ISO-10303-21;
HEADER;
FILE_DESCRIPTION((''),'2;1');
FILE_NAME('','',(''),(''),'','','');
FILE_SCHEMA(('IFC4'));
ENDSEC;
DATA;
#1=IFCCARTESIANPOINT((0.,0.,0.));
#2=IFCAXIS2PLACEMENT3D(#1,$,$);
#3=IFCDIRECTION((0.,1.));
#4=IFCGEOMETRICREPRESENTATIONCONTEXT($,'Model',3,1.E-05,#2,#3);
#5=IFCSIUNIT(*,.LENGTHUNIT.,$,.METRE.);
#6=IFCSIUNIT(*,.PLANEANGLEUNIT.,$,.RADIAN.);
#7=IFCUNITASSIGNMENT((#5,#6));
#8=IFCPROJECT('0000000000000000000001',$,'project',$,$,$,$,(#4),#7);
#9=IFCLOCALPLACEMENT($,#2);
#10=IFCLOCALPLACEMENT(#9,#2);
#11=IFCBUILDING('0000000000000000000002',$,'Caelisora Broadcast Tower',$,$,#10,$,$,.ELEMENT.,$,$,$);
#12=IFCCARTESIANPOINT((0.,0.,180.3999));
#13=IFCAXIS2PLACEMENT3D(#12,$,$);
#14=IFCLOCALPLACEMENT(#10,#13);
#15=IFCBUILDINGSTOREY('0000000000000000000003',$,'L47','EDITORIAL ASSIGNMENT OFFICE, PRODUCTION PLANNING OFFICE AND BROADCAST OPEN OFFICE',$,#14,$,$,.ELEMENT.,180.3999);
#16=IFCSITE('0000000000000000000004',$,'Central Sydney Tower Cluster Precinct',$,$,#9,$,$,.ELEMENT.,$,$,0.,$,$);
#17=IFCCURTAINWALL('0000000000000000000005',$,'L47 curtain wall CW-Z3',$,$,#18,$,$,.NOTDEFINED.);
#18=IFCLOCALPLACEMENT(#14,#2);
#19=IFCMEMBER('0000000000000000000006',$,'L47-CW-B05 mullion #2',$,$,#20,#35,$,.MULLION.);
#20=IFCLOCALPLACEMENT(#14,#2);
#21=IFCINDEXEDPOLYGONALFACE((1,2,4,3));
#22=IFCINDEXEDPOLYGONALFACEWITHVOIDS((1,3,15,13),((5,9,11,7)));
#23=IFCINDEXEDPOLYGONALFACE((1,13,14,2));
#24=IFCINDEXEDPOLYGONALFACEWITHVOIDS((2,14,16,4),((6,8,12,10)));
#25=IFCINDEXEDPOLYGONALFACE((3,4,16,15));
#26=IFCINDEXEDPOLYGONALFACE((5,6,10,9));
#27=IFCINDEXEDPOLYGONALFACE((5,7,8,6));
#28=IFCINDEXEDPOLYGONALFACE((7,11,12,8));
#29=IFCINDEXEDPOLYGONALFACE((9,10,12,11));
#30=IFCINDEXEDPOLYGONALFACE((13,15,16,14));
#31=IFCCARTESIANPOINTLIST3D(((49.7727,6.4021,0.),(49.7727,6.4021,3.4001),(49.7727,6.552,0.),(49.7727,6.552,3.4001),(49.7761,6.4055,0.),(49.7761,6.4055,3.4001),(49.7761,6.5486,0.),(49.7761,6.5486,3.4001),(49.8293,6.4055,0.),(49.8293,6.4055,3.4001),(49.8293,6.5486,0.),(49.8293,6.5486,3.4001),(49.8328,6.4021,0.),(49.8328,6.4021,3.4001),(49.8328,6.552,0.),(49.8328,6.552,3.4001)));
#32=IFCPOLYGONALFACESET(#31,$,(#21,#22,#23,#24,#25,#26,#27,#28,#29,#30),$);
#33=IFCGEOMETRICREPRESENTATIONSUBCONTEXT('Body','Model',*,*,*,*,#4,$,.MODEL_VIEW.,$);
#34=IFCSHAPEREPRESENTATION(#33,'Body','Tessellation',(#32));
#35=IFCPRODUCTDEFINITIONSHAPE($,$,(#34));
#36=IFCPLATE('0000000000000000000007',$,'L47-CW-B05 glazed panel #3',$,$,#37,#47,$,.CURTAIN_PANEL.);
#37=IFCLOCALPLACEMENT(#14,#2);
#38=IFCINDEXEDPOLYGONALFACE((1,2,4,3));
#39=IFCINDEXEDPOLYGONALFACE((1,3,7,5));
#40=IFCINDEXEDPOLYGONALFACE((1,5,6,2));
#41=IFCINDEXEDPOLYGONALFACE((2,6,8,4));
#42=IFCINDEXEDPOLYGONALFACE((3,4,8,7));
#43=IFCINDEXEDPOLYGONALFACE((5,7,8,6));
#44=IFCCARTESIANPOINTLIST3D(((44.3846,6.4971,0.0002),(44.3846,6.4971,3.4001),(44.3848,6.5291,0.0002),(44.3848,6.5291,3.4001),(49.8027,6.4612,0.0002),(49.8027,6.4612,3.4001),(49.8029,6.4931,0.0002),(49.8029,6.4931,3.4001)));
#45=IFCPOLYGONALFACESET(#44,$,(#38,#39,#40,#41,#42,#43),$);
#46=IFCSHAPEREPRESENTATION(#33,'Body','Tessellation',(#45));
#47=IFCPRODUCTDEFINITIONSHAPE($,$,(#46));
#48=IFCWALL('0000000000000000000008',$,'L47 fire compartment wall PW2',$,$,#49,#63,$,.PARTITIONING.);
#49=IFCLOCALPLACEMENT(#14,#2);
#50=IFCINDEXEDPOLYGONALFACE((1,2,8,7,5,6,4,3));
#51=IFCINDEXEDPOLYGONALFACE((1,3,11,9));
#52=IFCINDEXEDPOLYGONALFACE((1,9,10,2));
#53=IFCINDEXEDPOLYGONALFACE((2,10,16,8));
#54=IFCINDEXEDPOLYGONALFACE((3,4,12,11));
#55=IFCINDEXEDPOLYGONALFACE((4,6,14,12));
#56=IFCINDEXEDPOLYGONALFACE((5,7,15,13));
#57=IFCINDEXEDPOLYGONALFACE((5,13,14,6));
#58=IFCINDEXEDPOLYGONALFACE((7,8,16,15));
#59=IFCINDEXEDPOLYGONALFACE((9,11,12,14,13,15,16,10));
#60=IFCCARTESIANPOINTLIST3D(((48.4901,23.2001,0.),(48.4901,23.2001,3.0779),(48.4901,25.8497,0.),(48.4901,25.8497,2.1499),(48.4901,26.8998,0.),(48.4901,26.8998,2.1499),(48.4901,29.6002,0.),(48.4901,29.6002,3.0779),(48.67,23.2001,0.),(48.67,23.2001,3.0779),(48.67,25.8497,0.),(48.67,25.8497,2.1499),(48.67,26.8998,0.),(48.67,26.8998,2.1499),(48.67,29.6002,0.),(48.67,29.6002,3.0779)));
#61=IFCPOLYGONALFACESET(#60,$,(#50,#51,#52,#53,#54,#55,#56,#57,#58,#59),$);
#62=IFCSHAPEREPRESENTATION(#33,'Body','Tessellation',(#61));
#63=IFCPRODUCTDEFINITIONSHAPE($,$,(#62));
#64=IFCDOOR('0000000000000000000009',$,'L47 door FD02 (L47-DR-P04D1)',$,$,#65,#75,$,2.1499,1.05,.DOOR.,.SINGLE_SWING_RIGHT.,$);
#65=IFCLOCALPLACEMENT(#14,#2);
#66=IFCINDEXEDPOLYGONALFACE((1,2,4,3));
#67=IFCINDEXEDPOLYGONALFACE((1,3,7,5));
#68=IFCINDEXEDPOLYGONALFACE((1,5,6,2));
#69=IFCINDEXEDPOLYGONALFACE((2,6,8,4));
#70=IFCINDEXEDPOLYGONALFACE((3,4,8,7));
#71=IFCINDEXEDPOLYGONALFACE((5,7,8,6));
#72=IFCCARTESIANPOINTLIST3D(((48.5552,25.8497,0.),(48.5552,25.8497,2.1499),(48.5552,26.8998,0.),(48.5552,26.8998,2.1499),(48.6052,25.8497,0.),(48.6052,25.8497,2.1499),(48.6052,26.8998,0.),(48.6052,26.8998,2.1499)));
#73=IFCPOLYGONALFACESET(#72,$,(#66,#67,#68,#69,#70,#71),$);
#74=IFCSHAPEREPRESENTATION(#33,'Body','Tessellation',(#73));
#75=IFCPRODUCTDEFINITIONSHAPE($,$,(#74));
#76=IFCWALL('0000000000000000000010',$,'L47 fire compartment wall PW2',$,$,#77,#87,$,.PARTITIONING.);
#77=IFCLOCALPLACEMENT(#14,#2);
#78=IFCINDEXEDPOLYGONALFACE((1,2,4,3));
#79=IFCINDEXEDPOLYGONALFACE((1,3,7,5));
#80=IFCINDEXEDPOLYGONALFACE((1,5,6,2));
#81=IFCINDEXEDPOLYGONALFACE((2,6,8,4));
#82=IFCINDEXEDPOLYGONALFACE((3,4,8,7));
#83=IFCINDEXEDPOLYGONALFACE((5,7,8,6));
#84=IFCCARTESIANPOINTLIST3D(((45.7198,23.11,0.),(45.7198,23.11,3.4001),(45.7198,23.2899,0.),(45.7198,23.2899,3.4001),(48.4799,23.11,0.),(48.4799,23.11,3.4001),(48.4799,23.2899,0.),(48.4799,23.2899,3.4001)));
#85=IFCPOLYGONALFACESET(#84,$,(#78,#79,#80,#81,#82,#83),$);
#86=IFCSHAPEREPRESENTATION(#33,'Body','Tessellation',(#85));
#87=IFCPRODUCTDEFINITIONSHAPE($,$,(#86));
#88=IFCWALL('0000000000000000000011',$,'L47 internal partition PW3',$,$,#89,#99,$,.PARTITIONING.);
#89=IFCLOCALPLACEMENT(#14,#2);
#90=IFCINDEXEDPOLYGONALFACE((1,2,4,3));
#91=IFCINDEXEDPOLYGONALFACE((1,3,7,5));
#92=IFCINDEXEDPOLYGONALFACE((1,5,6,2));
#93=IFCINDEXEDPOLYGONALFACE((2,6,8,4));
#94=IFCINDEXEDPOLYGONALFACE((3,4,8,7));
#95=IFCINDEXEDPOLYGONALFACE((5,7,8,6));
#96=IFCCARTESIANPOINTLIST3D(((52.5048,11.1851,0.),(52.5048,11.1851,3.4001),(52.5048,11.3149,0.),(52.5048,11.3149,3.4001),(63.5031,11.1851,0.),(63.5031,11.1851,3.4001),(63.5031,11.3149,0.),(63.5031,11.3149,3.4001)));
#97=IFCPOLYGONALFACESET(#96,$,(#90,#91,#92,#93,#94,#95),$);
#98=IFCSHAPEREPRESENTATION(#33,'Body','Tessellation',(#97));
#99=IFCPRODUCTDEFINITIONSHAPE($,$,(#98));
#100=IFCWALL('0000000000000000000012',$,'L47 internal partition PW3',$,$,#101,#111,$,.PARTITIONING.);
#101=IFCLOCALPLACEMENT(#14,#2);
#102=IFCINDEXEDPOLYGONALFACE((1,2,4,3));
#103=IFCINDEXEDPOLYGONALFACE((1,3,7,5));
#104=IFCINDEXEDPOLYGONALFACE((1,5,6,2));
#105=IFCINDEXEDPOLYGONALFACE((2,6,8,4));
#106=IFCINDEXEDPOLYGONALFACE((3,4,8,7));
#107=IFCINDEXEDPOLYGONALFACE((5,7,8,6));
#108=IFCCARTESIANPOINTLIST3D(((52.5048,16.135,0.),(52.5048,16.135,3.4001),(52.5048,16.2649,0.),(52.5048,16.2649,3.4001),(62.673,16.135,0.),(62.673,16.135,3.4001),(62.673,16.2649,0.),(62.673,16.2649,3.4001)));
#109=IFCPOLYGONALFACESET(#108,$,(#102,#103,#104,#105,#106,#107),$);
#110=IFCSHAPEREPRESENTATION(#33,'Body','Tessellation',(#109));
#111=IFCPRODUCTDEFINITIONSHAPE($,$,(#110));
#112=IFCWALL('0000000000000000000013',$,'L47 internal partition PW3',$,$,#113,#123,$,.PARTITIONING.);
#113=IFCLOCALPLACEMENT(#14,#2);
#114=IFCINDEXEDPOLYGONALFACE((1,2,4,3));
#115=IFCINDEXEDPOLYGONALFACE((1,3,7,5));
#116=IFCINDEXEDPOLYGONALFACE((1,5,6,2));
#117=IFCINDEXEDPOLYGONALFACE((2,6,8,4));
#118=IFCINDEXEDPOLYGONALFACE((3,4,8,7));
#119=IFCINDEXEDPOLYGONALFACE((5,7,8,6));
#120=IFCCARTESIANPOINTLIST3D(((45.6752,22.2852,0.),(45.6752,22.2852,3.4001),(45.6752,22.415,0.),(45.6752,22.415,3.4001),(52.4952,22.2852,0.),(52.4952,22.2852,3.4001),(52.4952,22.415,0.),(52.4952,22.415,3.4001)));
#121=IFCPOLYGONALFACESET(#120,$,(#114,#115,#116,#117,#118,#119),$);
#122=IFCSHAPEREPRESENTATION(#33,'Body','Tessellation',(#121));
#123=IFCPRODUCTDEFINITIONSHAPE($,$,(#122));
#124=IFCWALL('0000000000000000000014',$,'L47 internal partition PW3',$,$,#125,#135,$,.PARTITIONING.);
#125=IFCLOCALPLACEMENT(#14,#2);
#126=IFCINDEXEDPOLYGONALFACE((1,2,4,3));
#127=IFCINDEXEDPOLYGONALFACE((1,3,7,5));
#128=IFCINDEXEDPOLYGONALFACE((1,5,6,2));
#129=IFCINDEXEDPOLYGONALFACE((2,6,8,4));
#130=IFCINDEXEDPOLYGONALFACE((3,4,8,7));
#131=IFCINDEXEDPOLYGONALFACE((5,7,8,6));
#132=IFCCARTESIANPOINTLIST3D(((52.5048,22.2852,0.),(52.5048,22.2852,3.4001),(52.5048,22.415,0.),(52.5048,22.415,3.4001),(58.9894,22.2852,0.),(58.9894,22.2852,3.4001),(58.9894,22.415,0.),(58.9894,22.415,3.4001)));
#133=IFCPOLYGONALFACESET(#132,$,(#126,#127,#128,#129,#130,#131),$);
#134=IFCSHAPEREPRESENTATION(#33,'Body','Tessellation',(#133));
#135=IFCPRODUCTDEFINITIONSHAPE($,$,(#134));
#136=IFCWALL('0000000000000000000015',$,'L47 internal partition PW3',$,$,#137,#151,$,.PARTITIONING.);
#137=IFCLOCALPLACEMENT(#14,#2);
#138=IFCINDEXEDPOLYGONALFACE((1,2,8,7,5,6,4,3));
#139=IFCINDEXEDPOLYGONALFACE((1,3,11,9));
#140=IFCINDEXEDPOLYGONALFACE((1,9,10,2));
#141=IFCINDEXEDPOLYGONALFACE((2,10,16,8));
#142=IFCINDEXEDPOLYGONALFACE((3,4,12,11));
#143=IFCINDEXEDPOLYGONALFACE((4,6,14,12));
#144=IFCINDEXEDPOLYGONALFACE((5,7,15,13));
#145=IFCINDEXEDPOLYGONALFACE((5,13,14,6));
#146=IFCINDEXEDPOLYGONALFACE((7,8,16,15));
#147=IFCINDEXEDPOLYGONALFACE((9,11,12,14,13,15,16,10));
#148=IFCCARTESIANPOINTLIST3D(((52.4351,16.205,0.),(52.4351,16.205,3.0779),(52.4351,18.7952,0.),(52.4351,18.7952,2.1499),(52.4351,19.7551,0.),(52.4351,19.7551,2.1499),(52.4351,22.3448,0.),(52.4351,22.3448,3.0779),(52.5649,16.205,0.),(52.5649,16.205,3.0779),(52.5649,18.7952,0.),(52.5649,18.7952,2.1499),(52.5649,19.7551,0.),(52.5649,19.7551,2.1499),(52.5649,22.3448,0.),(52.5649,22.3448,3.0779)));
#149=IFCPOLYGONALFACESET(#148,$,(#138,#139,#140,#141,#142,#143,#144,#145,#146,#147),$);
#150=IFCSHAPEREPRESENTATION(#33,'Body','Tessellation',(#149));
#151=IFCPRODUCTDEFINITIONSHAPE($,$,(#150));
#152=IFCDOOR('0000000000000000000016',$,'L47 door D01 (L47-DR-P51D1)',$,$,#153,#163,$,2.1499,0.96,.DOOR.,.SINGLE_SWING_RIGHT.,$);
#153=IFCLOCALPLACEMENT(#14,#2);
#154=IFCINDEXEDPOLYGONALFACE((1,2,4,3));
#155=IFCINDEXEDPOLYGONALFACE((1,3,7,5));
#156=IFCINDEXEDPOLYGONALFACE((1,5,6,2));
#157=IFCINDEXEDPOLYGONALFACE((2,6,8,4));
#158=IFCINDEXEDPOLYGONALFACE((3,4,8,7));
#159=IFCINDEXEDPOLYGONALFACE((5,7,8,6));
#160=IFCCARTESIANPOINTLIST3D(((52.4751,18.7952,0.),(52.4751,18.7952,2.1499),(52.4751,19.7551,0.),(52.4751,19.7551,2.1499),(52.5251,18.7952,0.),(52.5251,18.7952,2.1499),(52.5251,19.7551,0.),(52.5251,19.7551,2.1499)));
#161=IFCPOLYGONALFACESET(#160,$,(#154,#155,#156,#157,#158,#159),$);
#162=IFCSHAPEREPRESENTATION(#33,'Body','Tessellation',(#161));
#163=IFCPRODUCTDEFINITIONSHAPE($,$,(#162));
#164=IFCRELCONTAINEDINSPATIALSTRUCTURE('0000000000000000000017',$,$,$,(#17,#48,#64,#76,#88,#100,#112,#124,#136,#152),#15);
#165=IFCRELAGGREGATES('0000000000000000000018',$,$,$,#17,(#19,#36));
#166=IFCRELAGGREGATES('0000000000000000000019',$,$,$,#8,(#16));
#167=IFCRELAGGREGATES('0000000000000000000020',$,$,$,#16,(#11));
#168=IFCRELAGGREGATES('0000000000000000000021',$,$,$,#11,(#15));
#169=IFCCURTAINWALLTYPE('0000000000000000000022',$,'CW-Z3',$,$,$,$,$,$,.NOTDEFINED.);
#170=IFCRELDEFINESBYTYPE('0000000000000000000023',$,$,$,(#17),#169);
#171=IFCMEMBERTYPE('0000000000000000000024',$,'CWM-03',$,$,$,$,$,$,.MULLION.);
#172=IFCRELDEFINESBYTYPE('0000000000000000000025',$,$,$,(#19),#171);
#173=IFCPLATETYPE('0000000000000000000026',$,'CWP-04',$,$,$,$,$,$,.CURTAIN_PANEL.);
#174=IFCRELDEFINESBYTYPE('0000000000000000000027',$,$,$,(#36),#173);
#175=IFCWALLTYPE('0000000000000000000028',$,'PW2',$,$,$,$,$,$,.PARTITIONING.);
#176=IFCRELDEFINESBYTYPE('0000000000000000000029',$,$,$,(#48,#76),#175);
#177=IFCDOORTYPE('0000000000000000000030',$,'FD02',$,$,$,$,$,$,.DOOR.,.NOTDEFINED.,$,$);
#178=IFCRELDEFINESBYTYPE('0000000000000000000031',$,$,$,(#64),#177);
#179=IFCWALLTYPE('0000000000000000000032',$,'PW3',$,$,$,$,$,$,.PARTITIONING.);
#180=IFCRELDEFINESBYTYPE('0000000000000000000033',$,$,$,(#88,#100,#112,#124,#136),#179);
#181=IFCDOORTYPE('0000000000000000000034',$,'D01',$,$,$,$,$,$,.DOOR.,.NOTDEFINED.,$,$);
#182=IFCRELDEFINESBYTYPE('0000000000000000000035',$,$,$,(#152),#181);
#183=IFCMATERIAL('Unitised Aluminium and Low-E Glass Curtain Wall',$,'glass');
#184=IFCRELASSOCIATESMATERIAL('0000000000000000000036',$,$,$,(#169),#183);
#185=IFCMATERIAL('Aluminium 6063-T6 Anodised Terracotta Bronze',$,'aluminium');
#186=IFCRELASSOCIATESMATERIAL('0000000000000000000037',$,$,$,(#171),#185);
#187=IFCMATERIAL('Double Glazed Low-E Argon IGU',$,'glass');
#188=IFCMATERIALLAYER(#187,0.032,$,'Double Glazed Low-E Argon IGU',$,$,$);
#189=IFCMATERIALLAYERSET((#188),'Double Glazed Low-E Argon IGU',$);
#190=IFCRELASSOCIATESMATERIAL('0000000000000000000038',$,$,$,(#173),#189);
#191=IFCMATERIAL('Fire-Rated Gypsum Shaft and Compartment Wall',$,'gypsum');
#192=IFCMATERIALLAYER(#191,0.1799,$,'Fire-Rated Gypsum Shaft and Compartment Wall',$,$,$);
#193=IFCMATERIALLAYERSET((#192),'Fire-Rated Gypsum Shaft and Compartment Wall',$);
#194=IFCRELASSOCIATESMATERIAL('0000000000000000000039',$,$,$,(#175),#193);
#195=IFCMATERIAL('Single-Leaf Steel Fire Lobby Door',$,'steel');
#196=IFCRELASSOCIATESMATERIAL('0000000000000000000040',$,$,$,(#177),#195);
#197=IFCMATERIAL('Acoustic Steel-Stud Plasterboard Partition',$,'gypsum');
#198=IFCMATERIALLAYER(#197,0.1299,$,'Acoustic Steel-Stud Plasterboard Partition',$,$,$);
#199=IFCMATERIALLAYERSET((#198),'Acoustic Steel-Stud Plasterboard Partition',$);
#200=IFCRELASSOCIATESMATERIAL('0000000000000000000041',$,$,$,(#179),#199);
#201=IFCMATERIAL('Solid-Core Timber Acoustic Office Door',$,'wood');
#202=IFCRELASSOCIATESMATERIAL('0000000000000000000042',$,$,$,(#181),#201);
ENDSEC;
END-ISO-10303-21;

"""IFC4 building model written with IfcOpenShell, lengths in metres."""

from ifc_helpers import new_model, si_unit, direction, frame, frame_2d, origin, origin_2d, place, context, subcontext, project, spatial, rectangle, hollow_rectangle, extrude, source, transform, mapped, material, layer, layer_set, material_profile, profile_set, type_object, type_shapes, element, fill, aggregate, save


model = new_model("IFC4")

# Units and contexts
model_context = context("Model", 3, precision=1e-05, world=origin(), true_north=direction((0.0, 1.0)))
body_context = subcontext(model_context, "Body", "Model", "MODEL_VIEW")
ifc_project = project(units=[si_unit("LENGTHUNIT", "METRE"), si_unit("PLANEANGLEUNIT", "RADIAN")], contexts=[model_context])

# Site, building, storey
site_placement = place(None, origin())
site = spatial("IfcSite", under=ifc_project, at=site_placement, Name="Central Sydney Tower Cluster Precinct", CompositionType="ELEMENT", RefElevation=0.0)
building_placement = place(site_placement, origin())
building = spatial("IfcBuilding", under=site, at=building_placement, Name="Caelisora Broadcast Tower", CompositionType="ELEMENT")
storey_placement = place(building_placement, frame((0.0, 0.0, 180.3999)))
storey = spatial("IfcBuildingStorey", under=building, at=storey_placement, Name="L47", Description="EDITORIAL ASSIGNMENT OFFICE, PRODUCTION PLANNING OFFICE AND BROADCAST OPEN OFFICE", CompositionType="ELEMENT", Elevation=180.3999)

# Curtain wall, member, plate
ifc_material_1 = material(Name="Unitised Aluminium and Low-E Glass Curtain Wall", Category="glass")
curtain_wall_type = type_object("IfcCurtainWallType", Name="CW-Z3", PredefinedType="NOTDEFINED", material=ifc_material_1)
curtain_wall_placement = place(storey_placement, origin())
curtain_wall = element("IfcCurtainWall", 1, at=curtain_wall_placement, inside=storey, type_object=curtain_wall_type, Name="L47 curtain wall CW-Z3", PredefinedType="NOTDEFINED")
ifc_material_2 = material(Name="Aluminium 6063-T6 Anodised Terracotta Bronze", Category="aluminium")
ifc_material_profile_1 = material_profile(ifc_material_2, hollow_rectangle(XDim=0.0601, YDim=0.1499, WallThickness=0.0034, at=origin_2d()), Name="Aluminium 6063-T6 Anodised Terracotta Bronze")
ifc_profile_set_1 = profile_set([ifc_material_profile_1], Name="Aluminium 6063-T6 Anodised Terracotta Bronze")
member_type = type_object("IfcMemberType", Name="CWM-03", PredefinedType="MULLION", material=ifc_profile_set_1)
shared_shape_1 = source(origin(), body_context, "Body", "SweptSolid", [
    extrude(hollow_rectangle(XDim=0.0601, YDim=0.1499, WallThickness=0.0034, at=origin_2d()), origin(), (0.0, 0.0, 1.0), 3.4001),
])
type_shapes(member_type, [shared_shape_1])
member_placement = place(storey_placement, frame((49.8027, 6.4771, 0.0), z_axis=(0.0, 0.0, 1.0), x_axis=(1.0, 0.0, 0.0)))
member = element("IfcMember", 2, at=member_placement, type_object=member_type, Name="L47-CW-B05 mullion #2", PredefinedType="MULLION", context=body_context, shape_type="MappedRepresentation", body=[
    mapped(shared_shape_1, transform((0.0, 0.0, 0.0), scale=1.0)),
])
ifc_material_3 = material(Name="Double Glazed Low-E Argon IGU", Category="glass")
ifc_layer_1 = layer(ifc_material_3, 0.032, Name="Double Glazed Low-E Argon IGU")
ifc_layer_set_1 = layer_set([ifc_layer_1], Name="Double Glazed Low-E Argon IGU")
plate_type = type_object("IfcPlateType", Name="CWP-04", PredefinedType="CURTAIN_PANEL", material=ifc_layer_set_1)
shared_shape_2 = source(origin(), body_context, "Body", "SweptSolid", [
    extrude(rectangle(XDim=5.4182, YDim=0.032, at=origin_2d()), origin(), (0.0, 0.0, 1.0), 3.3999),
])
type_shapes(plate_type, [shared_shape_2])
plate_placement = place(storey_placement, frame((47.0938, 6.4951, 0.0002), z_axis=(0.0, 0.0, 1.0), x_axis=(-0.999978, 0.006632, 0.0)))
plate = element("IfcPlate", 3, at=plate_placement, type_object=plate_type, Name="L47-CW-B05 glazed panel #3", PredefinedType="CURTAIN_PANEL", context=body_context, shape_type="MappedRepresentation", body=[
    mapped(shared_shape_2, transform((0.0, 0.0, 0.0), scale=1.0)),
])
aggregate(curtain_wall, [member, plate])

# Wall, opening, door
ifc_material_4 = material(Name="Fire-Rated Gypsum Shaft and Compartment Wall", Category="gypsum")
ifc_layer_2 = layer(ifc_material_4, 0.1799, Name="Fire-Rated Gypsum Shaft and Compartment Wall")
ifc_layer_set_2 = layer_set([ifc_layer_2], Name="Fire-Rated Gypsum Shaft and Compartment Wall")
wall_type_1 = type_object("IfcWallType", Name="PW2", PredefinedType="PARTITIONING", material=ifc_layer_set_2)
wall_1_placement = place(storey_placement, frame((48.5801, 23.2, 0.0), z_axis=(0.0, 0.0, 1.0), x_axis=(0.0, 1.0, 0.0)))
wall_1 = element("IfcWall", 4, at=wall_1_placement, inside=storey, type_object=wall_type_1, Name="L47 fire compartment wall PW2", PredefinedType="PARTITIONING", context=body_context, shape_type="SweptSolid", body=[
    extrude(rectangle(XDim=6.4001, YDim=0.1799, at=frame_2d((3.2002, 0.0))), origin(), (0.0, 0.0, 1.0), 3.0779),
])
opening_1_placement = place(wall_1_placement, frame((2.6499, 0.0, 0.0)))
opening_1 = element("IfcOpeningElement", 5, at=opening_1_placement, cuts=wall_1, PredefinedType="OPENING", context=body_context, shape_type="SweptSolid", body=[
    extrude(rectangle(XDim=1.05, YDim=2.1499, at=frame_2d((0.5249, 1.075))), frame((0.0, 0.1021, 0.0), z_axis=(0.0, -1.0, 0.0), x_axis=(1.0, 0.0, 0.0)), (0.0, 0.0, 1.0), 0.2039),
])
ifc_material_5 = material(Name="Single-Leaf Steel Fire Lobby Door", Category="steel")
door_type_1 = type_object("IfcDoorType", Name="FD02", OperationType="NOTDEFINED", PredefinedType="DOOR", material=ifc_material_5)
door_1_placement = place(opening_1_placement, origin())
door_1 = element("IfcDoor", 6, at=door_1_placement, inside=storey, type_object=door_type_1, Name="L47 door FD02 (L47-DR-P04D1)", OperationType="SINGLE_SWING_RIGHT", OverallHeight=2.1499, OverallWidth=1.05, PredefinedType="DOOR", context=body_context, shape_type="SweptSolid", body=[
    extrude(rectangle(XDim=1.05, YDim=2.1499, at=frame_2d((0.5249, 1.075))), frame((0.0, 0.0249, 0.0), z_axis=(0.0, -1.0, 0.0), x_axis=(1.0, 0.0, 0.0)), (0.0, 0.0, 1.0), 0.05),
])
fill(opening_1, door_1)

# Walls
wall_2_placement = place(storey_placement, frame((45.72, 23.2, 0.0), z_axis=(0.0, 0.0, 1.0), x_axis=(1.0, 0.0, 0.0)))
element("IfcWall", 7, at=wall_2_placement, inside=storey, type_object=wall_type_1, Name="L47 fire compartment wall PW2", PredefinedType="PARTITIONING", context=body_context, shape_type="SweptSolid", body=[
    extrude(rectangle(XDim=2.76, YDim=0.1799, at=frame_2d((1.3799, 0.0))), origin(), (0.0, 0.0, 1.0), 3.4001),
])
ifc_material_6 = material(Name="Acoustic Steel-Stud Plasterboard Partition", Category="gypsum")
ifc_layer_3 = layer(ifc_material_6, 0.1299, Name="Acoustic Steel-Stud Plasterboard Partition")
ifc_layer_set_3 = layer_set([ifc_layer_3], Name="Acoustic Steel-Stud Plasterboard Partition")
wall_type_2 = type_object("IfcWallType", Name="PW3", PredefinedType="PARTITIONING", material=ifc_layer_set_3)
wall_3_placement = place(storey_placement, frame((52.5049, 11.25, 0.0), z_axis=(0.0, 0.0, 1.0), x_axis=(1.0, 0.0, 0.0)))
element("IfcWall", 8, at=wall_3_placement, inside=storey, type_object=wall_type_2, Name="L47 internal partition PW3", PredefinedType="PARTITIONING", context=body_context, shape_type="SweptSolid", body=[
    extrude(rectangle(XDim=10.9983, YDim=0.1299, at=frame_2d((5.499, 0.0))), origin(), (0.0, 0.0, 1.0), 3.4001),
])
wall_4_placement = place(storey_placement, frame((52.5049, 16.2, 0.0), z_axis=(0.0, 0.0, 1.0), x_axis=(1.0, 0.0, 0.0)))
element("IfcWall", 9, at=wall_4_placement, inside=storey, type_object=wall_type_2, Name="L47 internal partition PW3", PredefinedType="PARTITIONING", context=body_context, shape_type="SweptSolid", body=[
    extrude(rectangle(XDim=10.1682, YDim=0.1299, at=frame_2d((5.084, 0.0))), origin(), (0.0, 0.0, 1.0), 3.4001),
])
wall_5_placement = place(storey_placement, frame((45.675, 22.3501, 0.0), z_axis=(0.0, 0.0, 1.0), x_axis=(1.0, 0.0, 0.0)))
element("IfcWall", 10, at=wall_5_placement, inside=storey, type_object=wall_type_2, Name="L47 internal partition PW3", PredefinedType="PARTITIONING", context=body_context, shape_type="SweptSolid", body=[
    extrude(rectangle(XDim=6.8201, YDim=0.1299, at=frame_2d((3.4102, 0.0))), origin(), (0.0, 0.0, 1.0), 3.4001),
])
wall_6_placement = place(storey_placement, frame((52.5049, 22.3501, 0.0), z_axis=(0.0, 0.0, 1.0), x_axis=(1.0, 0.0, 0.0)))
element("IfcWall", 11, at=wall_6_placement, inside=storey, type_object=wall_type_2, Name="L47 internal partition PW3", PredefinedType="PARTITIONING", context=body_context, shape_type="SweptSolid", body=[
    extrude(rectangle(XDim=6.4846, YDim=0.1299, at=frame_2d((3.2422, 0.0))), origin(), (0.0, 0.0, 1.0), 3.4001),
])

# Wall, opening, door
wall_7_placement = place(storey_placement, frame((52.5, 16.2051, 0.0), z_axis=(0.0, 0.0, 1.0), x_axis=(0.0, 1.0, 0.0)))
wall_7 = element("IfcWall", 12, at=wall_7_placement, inside=storey, type_object=wall_type_2, Name="L47 internal partition PW3", PredefinedType="PARTITIONING", context=body_context, shape_type="SweptSolid", body=[
    extrude(rectangle(XDim=6.1399, YDim=0.1299, at=frame_2d((3.0698, 0.0))), origin(), (0.0, 0.0, 1.0), 3.0779),
])
opening_2_placement = place(wall_7_placement, frame((2.5901, 0.0, 0.0)))
opening_2 = element("IfcOpeningElement", 13, at=opening_2_placement, cuts=wall_7, PredefinedType="OPENING", context=body_context, shape_type="SweptSolid", body=[
    extrude(rectangle(XDim=0.96, YDim=2.1499, at=frame_2d((0.48, 1.075))), frame((0.0, 0.0769, 0.0), z_axis=(0.0, -1.0, 0.0), x_axis=(1.0, 0.0, 0.0)), (0.0, 0.0, 1.0), 0.1538),
])
ifc_material_7 = material(Name="Solid-Core Timber Acoustic Office Door", Category="wood")
door_type_2 = type_object("IfcDoorType", Name="D01", OperationType="NOTDEFINED", PredefinedType="DOOR", material=ifc_material_7)
door_2_placement = place(opening_2_placement, origin())
door_2 = element("IfcDoor", 14, at=door_2_placement, inside=storey, type_object=door_type_2, Name="L47 door D01 (L47-DR-P51D1)", OperationType="SINGLE_SWING_RIGHT", OverallHeight=2.1499, OverallWidth=0.96, PredefinedType="DOOR", context=body_context, shape_type="SweptSolid", body=[
    extrude(rectangle(XDim=0.96, YDim=2.1499, at=frame_2d((0.48, 1.075))), frame((0.0, 0.0249, 0.0), z_axis=(0.0, -1.0, 0.0), x_axis=(1.0, 0.0, 0.0)), (0.0, 0.0, 1.0), 0.05),
])
fill(opening_2, door_2)

save(model, "model.ifc")
